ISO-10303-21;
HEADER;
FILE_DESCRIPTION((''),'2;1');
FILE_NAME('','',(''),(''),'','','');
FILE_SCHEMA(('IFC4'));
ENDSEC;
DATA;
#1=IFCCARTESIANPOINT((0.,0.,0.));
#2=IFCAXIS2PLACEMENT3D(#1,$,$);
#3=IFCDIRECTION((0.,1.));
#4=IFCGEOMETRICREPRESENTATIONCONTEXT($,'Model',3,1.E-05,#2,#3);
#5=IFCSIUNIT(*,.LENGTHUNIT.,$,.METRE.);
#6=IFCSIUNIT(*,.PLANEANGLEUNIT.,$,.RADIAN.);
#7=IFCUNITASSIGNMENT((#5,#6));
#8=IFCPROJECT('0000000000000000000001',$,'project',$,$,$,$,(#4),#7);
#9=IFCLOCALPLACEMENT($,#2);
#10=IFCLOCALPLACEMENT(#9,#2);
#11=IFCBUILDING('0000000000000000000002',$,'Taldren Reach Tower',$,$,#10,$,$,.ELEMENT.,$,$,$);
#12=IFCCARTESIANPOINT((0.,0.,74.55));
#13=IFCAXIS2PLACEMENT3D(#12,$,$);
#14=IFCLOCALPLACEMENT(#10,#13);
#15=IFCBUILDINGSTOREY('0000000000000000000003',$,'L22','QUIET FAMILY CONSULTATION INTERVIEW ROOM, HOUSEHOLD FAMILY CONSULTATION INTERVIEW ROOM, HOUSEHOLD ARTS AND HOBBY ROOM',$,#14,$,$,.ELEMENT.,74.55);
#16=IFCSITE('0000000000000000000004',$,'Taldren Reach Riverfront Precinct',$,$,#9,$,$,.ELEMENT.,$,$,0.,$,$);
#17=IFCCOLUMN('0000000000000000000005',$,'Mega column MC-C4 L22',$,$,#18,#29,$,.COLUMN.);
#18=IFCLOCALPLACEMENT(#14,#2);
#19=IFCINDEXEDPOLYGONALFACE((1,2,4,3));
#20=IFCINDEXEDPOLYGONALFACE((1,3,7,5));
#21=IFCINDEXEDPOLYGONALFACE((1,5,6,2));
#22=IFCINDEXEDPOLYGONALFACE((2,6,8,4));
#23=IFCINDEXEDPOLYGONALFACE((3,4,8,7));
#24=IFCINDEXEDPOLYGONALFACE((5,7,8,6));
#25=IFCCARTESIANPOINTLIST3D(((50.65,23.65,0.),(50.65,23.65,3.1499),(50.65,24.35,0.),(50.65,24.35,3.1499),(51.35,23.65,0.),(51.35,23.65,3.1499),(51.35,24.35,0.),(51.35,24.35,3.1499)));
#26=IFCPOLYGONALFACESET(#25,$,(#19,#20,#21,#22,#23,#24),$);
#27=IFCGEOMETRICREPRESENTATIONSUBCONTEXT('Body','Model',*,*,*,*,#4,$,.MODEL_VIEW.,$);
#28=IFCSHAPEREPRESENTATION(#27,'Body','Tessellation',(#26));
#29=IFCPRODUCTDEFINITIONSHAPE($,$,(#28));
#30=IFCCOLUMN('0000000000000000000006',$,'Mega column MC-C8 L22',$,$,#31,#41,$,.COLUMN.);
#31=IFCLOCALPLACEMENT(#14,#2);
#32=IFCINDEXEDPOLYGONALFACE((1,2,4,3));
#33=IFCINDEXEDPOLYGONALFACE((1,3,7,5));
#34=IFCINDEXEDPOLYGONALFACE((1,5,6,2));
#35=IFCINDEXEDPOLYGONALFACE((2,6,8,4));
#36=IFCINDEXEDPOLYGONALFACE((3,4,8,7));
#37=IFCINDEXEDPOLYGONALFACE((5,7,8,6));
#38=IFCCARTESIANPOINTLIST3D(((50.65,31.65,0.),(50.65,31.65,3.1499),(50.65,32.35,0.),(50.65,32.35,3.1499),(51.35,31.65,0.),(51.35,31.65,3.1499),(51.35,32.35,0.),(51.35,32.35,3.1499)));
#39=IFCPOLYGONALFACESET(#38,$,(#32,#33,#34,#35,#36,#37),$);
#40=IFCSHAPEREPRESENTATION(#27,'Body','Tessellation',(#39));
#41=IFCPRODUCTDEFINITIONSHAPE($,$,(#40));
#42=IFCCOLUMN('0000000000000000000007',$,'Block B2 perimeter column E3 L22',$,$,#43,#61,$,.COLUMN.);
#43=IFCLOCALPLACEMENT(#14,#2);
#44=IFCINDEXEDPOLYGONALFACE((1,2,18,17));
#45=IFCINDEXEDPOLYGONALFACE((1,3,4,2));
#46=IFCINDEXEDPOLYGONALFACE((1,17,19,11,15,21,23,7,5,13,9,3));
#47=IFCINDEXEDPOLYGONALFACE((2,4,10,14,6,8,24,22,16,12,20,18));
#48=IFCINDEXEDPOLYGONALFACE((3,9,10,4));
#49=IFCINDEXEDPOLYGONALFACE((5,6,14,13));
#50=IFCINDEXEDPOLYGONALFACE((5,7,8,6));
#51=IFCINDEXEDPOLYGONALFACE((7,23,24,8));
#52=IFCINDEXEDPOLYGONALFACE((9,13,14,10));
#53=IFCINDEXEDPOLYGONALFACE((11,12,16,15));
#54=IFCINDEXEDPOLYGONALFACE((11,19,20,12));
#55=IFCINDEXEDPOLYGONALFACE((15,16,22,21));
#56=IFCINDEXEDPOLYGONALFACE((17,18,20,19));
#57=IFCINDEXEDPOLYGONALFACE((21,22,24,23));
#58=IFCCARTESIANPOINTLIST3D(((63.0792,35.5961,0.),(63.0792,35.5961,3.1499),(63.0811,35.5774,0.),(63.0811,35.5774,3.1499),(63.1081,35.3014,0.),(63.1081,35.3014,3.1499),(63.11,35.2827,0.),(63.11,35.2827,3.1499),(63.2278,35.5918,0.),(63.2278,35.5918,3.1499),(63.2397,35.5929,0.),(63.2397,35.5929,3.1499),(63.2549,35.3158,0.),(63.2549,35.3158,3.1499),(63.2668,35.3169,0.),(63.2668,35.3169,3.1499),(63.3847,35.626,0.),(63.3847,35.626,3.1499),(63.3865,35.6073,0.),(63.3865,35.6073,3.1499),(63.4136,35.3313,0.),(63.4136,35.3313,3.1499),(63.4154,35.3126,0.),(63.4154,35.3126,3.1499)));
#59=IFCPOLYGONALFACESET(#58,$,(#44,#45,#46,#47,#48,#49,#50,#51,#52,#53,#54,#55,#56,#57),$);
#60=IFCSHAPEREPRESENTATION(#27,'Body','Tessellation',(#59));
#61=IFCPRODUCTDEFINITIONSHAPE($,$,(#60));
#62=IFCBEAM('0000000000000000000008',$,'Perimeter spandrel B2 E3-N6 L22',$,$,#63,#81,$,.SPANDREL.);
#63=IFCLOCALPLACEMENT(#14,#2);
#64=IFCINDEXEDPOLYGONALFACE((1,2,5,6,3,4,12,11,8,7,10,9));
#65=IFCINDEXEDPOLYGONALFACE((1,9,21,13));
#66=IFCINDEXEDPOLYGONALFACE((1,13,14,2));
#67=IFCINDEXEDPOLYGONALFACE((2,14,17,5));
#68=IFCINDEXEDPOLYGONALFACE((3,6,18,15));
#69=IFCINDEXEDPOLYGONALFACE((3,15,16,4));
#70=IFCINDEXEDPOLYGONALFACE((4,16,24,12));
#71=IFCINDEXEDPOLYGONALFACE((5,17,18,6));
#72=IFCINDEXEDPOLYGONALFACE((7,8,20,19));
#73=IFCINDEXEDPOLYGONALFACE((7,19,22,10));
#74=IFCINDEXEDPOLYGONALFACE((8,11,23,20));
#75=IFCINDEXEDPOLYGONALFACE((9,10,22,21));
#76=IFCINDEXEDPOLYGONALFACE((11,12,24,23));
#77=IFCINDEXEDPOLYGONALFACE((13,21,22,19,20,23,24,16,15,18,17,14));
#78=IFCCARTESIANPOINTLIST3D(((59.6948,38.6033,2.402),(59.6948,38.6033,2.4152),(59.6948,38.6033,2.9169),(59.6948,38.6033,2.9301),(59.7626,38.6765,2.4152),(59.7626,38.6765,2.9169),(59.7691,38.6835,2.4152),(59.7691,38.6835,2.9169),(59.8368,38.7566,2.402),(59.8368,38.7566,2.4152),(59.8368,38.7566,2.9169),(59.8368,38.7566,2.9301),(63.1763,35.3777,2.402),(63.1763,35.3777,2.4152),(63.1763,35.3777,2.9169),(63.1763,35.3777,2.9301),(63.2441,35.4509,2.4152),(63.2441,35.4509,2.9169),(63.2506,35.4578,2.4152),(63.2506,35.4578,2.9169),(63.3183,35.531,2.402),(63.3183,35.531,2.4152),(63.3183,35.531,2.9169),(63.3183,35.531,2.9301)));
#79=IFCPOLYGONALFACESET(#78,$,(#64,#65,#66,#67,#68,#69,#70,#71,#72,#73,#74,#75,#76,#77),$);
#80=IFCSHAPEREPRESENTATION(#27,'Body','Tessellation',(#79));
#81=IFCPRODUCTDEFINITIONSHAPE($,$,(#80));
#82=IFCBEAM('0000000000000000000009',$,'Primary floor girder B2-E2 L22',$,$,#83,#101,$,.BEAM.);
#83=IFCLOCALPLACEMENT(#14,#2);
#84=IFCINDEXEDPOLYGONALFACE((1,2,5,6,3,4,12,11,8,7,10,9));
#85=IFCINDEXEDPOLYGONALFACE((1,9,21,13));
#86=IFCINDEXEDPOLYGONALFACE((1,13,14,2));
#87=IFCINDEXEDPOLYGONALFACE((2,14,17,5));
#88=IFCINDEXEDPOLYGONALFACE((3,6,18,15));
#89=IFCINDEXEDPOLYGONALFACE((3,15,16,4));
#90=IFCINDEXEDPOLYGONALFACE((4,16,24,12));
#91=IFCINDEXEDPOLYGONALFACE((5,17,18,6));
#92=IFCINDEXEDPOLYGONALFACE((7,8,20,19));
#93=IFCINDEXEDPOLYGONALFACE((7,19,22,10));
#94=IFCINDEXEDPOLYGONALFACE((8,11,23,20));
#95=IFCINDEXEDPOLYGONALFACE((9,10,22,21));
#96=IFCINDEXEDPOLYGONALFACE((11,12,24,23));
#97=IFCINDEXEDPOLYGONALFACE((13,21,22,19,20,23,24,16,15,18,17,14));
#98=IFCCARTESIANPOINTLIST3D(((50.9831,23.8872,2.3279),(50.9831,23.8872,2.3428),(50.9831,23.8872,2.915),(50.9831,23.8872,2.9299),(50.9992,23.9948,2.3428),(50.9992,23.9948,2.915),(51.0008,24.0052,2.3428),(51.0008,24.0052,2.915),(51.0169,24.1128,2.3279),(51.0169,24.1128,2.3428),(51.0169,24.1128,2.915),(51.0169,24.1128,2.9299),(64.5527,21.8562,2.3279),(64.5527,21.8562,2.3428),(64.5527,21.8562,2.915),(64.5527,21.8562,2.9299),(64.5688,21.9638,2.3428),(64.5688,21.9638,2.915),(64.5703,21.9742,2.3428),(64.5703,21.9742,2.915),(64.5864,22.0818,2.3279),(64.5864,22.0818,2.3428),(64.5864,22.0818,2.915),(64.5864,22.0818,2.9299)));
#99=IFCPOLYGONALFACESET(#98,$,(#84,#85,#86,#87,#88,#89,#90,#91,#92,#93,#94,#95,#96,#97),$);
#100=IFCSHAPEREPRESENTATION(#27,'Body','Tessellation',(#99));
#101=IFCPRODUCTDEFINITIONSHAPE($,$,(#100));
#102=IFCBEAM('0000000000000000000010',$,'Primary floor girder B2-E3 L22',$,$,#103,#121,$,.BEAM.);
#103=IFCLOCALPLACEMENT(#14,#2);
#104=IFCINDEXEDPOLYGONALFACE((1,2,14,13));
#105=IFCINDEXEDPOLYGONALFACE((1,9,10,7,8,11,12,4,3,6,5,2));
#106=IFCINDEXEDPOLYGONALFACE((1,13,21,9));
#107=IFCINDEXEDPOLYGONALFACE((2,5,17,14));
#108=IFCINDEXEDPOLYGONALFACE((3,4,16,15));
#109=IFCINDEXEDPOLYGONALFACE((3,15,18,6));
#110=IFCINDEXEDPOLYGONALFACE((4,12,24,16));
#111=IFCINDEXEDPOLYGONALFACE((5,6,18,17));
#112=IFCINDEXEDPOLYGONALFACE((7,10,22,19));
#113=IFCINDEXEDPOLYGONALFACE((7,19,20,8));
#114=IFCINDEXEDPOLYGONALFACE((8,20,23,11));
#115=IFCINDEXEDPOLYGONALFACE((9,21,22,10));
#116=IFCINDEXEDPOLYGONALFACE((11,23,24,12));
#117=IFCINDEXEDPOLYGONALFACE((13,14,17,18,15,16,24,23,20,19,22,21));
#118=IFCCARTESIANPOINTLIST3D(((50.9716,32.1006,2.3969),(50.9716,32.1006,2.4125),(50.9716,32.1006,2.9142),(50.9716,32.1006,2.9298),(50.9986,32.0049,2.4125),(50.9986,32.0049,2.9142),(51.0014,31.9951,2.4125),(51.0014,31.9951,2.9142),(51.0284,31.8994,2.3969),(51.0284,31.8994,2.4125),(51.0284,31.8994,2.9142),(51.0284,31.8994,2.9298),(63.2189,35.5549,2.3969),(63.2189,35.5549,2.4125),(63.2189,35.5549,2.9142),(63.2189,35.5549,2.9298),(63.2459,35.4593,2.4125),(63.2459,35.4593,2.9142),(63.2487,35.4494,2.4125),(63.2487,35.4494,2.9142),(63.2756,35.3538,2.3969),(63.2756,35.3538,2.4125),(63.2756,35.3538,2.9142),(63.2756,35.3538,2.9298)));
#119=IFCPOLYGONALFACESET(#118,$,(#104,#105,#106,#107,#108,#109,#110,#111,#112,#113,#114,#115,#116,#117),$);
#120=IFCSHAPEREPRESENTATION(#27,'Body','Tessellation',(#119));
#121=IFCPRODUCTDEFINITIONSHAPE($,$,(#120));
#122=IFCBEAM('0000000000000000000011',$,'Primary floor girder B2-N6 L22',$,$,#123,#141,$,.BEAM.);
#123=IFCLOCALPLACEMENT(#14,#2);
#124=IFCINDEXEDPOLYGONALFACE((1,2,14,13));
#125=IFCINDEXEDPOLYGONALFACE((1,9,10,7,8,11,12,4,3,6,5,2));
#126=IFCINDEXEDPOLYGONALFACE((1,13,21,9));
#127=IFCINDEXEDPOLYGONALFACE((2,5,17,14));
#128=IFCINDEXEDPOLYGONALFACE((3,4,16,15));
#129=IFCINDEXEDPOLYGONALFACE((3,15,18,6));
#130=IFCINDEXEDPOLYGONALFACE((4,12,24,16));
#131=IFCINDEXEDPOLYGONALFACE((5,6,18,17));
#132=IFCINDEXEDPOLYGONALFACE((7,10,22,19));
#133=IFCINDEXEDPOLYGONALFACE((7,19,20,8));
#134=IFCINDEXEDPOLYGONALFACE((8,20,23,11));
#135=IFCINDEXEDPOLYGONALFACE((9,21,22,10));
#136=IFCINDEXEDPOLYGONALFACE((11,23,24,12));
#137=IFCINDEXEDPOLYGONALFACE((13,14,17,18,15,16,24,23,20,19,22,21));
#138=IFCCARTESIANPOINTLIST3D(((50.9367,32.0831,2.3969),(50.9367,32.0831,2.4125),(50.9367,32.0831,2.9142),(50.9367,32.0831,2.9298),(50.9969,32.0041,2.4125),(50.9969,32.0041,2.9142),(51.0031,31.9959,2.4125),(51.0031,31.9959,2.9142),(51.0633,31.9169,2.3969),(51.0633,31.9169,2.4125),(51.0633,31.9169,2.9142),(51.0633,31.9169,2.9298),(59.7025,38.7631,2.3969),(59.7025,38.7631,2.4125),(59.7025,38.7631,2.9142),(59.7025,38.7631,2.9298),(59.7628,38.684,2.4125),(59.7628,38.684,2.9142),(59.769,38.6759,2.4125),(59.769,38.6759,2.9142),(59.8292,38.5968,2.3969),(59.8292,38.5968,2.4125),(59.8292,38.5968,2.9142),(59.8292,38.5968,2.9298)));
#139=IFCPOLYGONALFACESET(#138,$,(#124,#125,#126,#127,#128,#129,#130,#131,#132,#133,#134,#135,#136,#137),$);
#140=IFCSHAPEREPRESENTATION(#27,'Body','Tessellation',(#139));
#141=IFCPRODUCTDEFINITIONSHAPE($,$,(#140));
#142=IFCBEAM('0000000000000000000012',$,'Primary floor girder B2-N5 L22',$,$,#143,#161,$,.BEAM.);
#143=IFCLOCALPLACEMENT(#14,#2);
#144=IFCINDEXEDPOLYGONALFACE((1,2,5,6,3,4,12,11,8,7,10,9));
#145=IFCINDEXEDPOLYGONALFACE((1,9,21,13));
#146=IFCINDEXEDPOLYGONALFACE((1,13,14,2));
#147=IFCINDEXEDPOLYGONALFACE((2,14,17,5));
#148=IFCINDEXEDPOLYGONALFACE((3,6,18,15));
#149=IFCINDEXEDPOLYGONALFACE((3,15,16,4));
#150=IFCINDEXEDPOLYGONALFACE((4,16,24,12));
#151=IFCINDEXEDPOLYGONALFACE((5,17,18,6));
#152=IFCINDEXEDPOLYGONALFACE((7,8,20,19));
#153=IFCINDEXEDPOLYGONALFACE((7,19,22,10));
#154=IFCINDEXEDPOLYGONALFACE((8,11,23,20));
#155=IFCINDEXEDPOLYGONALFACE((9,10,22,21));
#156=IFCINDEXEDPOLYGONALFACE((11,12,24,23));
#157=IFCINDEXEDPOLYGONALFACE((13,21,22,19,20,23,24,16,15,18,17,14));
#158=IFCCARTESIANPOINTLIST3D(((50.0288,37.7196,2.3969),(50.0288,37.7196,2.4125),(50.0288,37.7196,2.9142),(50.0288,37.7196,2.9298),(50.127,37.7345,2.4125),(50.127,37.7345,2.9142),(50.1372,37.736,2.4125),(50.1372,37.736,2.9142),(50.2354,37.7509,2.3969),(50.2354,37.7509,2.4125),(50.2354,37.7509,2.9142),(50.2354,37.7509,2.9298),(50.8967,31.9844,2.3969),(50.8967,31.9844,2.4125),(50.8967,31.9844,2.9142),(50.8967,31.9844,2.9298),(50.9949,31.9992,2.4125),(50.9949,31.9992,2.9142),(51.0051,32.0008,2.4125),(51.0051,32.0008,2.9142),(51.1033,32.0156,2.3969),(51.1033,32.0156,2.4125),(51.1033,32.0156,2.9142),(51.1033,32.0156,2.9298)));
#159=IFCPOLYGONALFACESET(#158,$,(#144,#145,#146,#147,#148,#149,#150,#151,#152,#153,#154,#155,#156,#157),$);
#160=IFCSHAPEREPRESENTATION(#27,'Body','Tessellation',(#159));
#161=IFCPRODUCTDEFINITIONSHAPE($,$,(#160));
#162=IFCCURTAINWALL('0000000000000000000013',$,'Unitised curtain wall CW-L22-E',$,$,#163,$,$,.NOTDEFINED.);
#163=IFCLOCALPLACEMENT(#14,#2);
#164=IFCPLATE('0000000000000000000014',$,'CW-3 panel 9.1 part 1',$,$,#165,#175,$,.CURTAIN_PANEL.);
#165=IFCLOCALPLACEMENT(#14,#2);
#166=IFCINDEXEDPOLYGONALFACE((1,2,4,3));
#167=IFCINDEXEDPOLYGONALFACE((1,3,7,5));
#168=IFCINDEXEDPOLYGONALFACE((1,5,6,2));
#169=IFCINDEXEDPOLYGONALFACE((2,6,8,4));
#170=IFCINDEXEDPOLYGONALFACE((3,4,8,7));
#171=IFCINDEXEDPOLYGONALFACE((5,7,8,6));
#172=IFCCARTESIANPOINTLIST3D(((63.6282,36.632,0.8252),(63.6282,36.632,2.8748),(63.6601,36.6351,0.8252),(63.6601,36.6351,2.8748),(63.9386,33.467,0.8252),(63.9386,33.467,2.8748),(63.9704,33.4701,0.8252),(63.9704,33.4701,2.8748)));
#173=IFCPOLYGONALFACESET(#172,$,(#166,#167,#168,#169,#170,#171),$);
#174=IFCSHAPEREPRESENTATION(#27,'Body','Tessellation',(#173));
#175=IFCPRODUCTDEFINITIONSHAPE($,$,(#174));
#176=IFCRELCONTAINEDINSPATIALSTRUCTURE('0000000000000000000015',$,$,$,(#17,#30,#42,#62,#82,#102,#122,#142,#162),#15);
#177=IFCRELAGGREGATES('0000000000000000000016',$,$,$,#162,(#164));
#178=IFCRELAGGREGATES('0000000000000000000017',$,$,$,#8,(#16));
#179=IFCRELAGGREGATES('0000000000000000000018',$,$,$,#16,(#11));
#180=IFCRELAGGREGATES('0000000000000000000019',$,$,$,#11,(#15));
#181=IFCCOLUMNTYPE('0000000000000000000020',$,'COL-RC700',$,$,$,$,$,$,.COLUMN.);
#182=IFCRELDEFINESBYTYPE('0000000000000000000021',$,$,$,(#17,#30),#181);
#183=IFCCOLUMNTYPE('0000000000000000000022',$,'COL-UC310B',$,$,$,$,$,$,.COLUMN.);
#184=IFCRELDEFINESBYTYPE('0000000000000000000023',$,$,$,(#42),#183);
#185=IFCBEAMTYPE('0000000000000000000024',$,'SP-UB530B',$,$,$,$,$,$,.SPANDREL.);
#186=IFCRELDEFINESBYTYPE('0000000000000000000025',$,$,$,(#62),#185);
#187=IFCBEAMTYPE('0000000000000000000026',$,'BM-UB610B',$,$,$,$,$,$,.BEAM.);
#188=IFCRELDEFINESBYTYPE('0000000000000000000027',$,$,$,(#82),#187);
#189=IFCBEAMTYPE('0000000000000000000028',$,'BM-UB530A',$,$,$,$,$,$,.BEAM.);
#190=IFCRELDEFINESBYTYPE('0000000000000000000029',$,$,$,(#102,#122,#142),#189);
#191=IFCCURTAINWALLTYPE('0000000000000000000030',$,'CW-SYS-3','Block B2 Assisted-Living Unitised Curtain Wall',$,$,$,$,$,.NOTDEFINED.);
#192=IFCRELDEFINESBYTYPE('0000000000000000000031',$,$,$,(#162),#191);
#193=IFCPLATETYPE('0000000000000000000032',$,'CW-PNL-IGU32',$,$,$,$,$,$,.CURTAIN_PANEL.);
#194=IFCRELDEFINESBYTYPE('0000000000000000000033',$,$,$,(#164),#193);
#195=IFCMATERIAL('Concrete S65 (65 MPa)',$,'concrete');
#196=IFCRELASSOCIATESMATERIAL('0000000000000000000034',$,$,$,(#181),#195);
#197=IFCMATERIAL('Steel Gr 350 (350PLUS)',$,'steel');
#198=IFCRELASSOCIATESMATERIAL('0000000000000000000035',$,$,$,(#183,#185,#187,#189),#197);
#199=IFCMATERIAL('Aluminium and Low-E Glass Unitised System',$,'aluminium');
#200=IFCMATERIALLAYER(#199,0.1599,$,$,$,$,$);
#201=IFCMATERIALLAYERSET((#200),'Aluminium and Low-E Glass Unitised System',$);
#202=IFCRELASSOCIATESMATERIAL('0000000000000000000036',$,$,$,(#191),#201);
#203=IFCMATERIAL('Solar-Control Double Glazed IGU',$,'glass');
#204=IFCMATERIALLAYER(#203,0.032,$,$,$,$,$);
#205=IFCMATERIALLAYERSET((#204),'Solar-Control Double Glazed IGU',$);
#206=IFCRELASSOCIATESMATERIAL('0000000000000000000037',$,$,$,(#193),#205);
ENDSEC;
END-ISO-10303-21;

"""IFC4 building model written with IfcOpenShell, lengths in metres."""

from ifc_helpers import new_model, si_unit, direction, frame, origin, origin_2d, place, context, subcontext, project, spatial, rectangle, i_section, extrude, source, transform, mapped, material, layer, layer_set, material_profile, profile_set, type_object, element, aggregate, save


model = new_model("IFC4")

# Units and contexts
model_context = context("Model", 3, precision=1e-05, world=origin(), true_north=direction((0.0, 1.0)))
body_context = subcontext(model_context, "Body", "Model", "MODEL_VIEW")
ifc_project = project(units=[si_unit("LENGTHUNIT", "METRE"), si_unit("PLANEANGLEUNIT", "RADIAN")], contexts=[model_context])

# Site, building, storey
site_placement = place(None, origin())
site = spatial("IfcSite", under=ifc_project, at=site_placement, Name="Taldren Reach Riverfront Precinct", CompositionType="ELEMENT", RefElevation=0.0)
building_placement = place(site_placement, origin())
building = spatial("IfcBuilding", under=site, at=building_placement, Name="Taldren Reach Tower", CompositionType="ELEMENT")
storey_placement = place(building_placement, frame((0.0, 0.0, 74.55)))
storey = spatial("IfcBuildingStorey", under=building, at=storey_placement, Name="L22", Description="QUIET FAMILY CONSULTATION INTERVIEW ROOM, HOUSEHOLD FAMILY CONSULTATION INTERVIEW ROOM, HOUSEHOLD ARTS AND HOBBY ROOM", CompositionType="ELEMENT", Elevation=74.55)

# Columns
ifc_material_1 = material(Name="Concrete S65 (65 MPa)", Category="concrete")
ifc_material_profile_1 = material_profile(ifc_material_1, rectangle(XDim=0.7, YDim=0.7, at=origin_2d()), Name="RC-700x700")
ifc_profile_set_1 = profile_set([ifc_material_profile_1], Name="Concrete S65 (65 MPa)")
column_type_1 = type_object("IfcColumnType", Name="COL-RC700", PredefinedType="COLUMN", material=ifc_profile_set_1)
shared_shape_1 = source(origin(), body_context, "Body", "SweptSolid", [
    extrude(rectangle(XDim=0.7, YDim=0.7, at=origin_2d()), origin(), (0.0, 0.0, 1.0), 3.1499),
])
for number, where, z_axis, x_axis, name in (
    (1, (51.0, 24.0, 0.0), (0.0, 0.0, 1.0), (1.0, 0.0, 0.0), "Mega column MC-C4 L22"),
    (2, (51.0, 32.0, 0.0), (0.0, 0.0, 1.0), (1.0, 0.0, 0.0), "Mega column MC-C8 L22"),
):
    element("IfcColumn", number, at=place(storey_placement, frame(where, z_axis=z_axis, x_axis=x_axis)), inside=storey, type_object=column_type_1, Name=name, PredefinedType="COLUMN", context=body_context, shape_type="MappedRepresentation", body=[
        mapped(shared_shape_1, transform((0.0, 0.0, 0.0), scale=1.0)),
    ])
ifc_material_2 = material(Name="Steel Gr 350 (350PLUS)", Category="steel")
ifc_material_profile_2 = material_profile(ifc_material_2, i_section(OverallWidth=0.3069, OverallDepth=0.3149, WebThickness=0.012, FlangeThickness=0.0188, at=origin_2d()), Name="310UC118")
ifc_profile_set_2 = profile_set([ifc_material_profile_2], Name="Steel Gr 350 (350PLUS)")
column_type_2 = type_object("IfcColumnType", Name="COL-UC310B", PredefinedType="COLUMN", material=ifc_profile_set_2)
shared_shape_2 = source(origin(), body_context, "Body", "SweptSolid", [
    extrude(i_section(OverallWidth=0.3069, OverallDepth=0.3149, WebThickness=0.012, FlangeThickness=0.0188, at=origin_2d()), origin(), (0.0, 0.0, 1.0), 3.1499),
])
column_placement = place(storey_placement, frame((63.2473, 35.4543, 0.0), z_axis=(0.0, 0.0, 1.0), x_axis=(0.995227, 0.097583, 0.0)))
element("IfcColumn", 3, at=column_placement, inside=storey, type_object=column_type_2, Name="Block B2 perimeter column E3 L22", PredefinedType="COLUMN", context=body_context, shape_type="MappedRepresentation", body=[
    mapped(shared_shape_2, transform((0.0, 0.0, 0.0), scale=1.0)),
])

# Beams
ifc_material_profile_3 = material_profile(ifc_material_2, i_section(OverallWidth=0.209, OverallDepth=0.5281, WebThickness=0.0095, FlangeThickness=0.0132, at=origin_2d()), Name="530UB82.0")
ifc_profile_set_3 = profile_set([ifc_material_profile_3], Name="Steel Gr 350 (350PLUS)")
beam_type_1 = type_object("IfcBeamType", Name="SP-UB530B", PredefinedType="SPANDREL", material=ifc_profile_set_3)
shared_shape_3 = source(origin(), body_context, "Body", "SweptSolid", [
    extrude(i_section(OverallWidth=0.209, OverallDepth=0.5281, WebThickness=0.0095, FlangeThickness=0.0132, at=origin_2d()), origin(), (0.0, 0.0, 1.0), 4.7461),
])
beam_1_placement = place(storey_placement, frame((63.2473, 35.4543, 2.666), z_axis=(-0.733548, 0.679638, 0.0), x_axis=(-0.679638, -0.733548, 0.0)))
element("IfcBeam", 4, at=beam_1_placement, inside=storey, type_object=beam_type_1, Name="Perimeter spandrel B2 E3-N6 L22", PredefinedType="SPANDREL", context=body_context, shape_type="MappedRepresentation", body=[
    mapped(shared_shape_3, transform((0.0, 0.0, 0.0), scale=1.0)),
])
ifc_material_profile_4 = material_profile(ifc_material_2, i_section(OverallWidth=0.228, OverallDepth=0.6021, WebThickness=0.0105, FlangeThickness=0.0149, at=origin_2d()), Name="610UB101")
ifc_profile_set_4 = profile_set([ifc_material_profile_4], Name="Steel Gr 350 (350PLUS)")
beam_type_2 = type_object("IfcBeamType", Name="BM-UB610B", PredefinedType="BEAM", material=ifc_profile_set_4)
shared_shape_4 = source(origin(), body_context, "Body", "SweptSolid", [
    extrude(i_section(OverallWidth=0.228, OverallDepth=0.6021, WebThickness=0.0105, FlangeThickness=0.0149, at=origin_2d()), origin(), (0.0, 0.0, 1.0), 13.7207),
])
beam_2_placement = place(storey_placement, frame((51.0, 24.0, 2.6289), z_axis=(0.988984, -0.148025, 0.0), x_axis=(0.148025, 0.988984, 0.0)))
element("IfcBeam", 5, at=beam_2_placement, inside=storey, type_object=beam_type_2, Name="Primary floor girder B2-E2 L22", PredefinedType="BEAM", context=body_context, shape_type="MappedRepresentation", body=[
    mapped(shared_shape_4, transform((0.0, 0.0, 0.0), scale=1.0)),
])
ifc_material_profile_5 = material_profile(ifc_material_2, i_section(OverallWidth=0.209, OverallDepth=0.533, WebThickness=0.0103, FlangeThickness=0.0156, at=origin_2d()), Name="530UB92.4")
ifc_profile_set_5 = profile_set([ifc_material_profile_5], Name="Steel Gr 350 (350PLUS)")
beam_type_3 = type_object("IfcBeamType", Name="BM-UB530A", PredefinedType="BEAM", material=ifc_profile_set_5)
shared_shape_5 = source(origin(), body_context, "Body", "SweptSolid", [
    extrude(i_section(OverallWidth=0.209, OverallDepth=0.533, WebThickness=0.0103, FlangeThickness=0.0156, at=origin_2d()), origin(), (0.0, 0.0, 1.0), 12.7251),
])
beam_3_placement = place(storey_placement, frame((51.0, 32.0, 2.6633), z_axis=(0.96245, 0.271458, 0.0), x_axis=(-0.271458, 0.96245, 0.0)))
element("IfcBeam", 6, at=beam_3_placement, inside=storey, type_object=beam_type_3, Name="Primary floor girder B2-E3 L22", PredefinedType="BEAM", context=body_context, shape_type="MappedRepresentation", body=[
    mapped(shared_shape_5, transform((0.0, 0.0, 0.0), scale=1.0)),
])
shared_shape_6 = source(origin(), body_context, "Body", "SweptSolid", [
    extrude(i_section(OverallWidth=0.209, OverallDepth=0.533, WebThickness=0.0103, FlangeThickness=0.0156, at=origin_2d()), origin(), (0.0, 0.0, 1.0), 11.021),
])
beam_4_placement = place(storey_placement, frame((51.0, 32.0, 2.6633), z_axis=(0.79538, 0.606111, 0.0), x_axis=(-0.606111, 0.79538, 0.0)))
element("IfcBeam", 7, at=beam_4_placement, inside=storey, type_object=beam_type_3, Name="Primary floor girder B2-N6 L22", PredefinedType="BEAM", context=body_context, shape_type="MappedRepresentation", body=[
    mapped(shared_shape_6, transform((0.0, 0.0, 0.0), scale=1.0)),
])
shared_shape_7 = source(origin(), body_context, "Body", "SweptSolid", [
    extrude(i_section(OverallWidth=0.209, OverallDepth=0.533, WebThickness=0.0103, FlangeThickness=0.0156, at=origin_2d()), origin(), (0.0, 0.0, 1.0), 5.8005),
])
beam_5_placement = place(storey_placement, frame((51.0, 32.0, 2.6633), z_axis=(-0.149625, 0.988743, 0.0), x_axis=(-0.988743, -0.149625, 0.0)))
element("IfcBeam", 8, at=beam_5_placement, inside=storey, type_object=beam_type_3, Name="Primary floor girder B2-N5 L22", PredefinedType="BEAM", context=body_context, shape_type="MappedRepresentation", body=[
    mapped(shared_shape_7, transform((0.0, 0.0, 0.0), scale=1.0)),
])

# Curtain wall, plate
ifc_material_3 = material(Name="Aluminium and Low-E Glass Unitised System", Category="aluminium")
ifc_layer_1 = layer(ifc_material_3, 0.1599)
ifc_layer_set_1 = layer_set([ifc_layer_1], Name="Aluminium and Low-E Glass Unitised System")
curtain_wall_type = type_object("IfcCurtainWallType", Name="CW-SYS-3", Description="Block B2 Assisted-Living Unitised Curtain Wall", PredefinedType="NOTDEFINED", material=ifc_layer_set_1)
curtain_wall_placement = place(storey_placement, origin())
curtain_wall = element("IfcCurtainWall", 9, at=curtain_wall_placement, inside=storey, type_object=curtain_wall_type, Name="Unitised curtain wall CW-L22-E", PredefinedType="NOTDEFINED")
ifc_material_4 = material(Name="Solar-Control Double Glazed IGU", Category="glass")
ifc_layer_2 = layer(ifc_material_4, 0.032)
ifc_layer_set_2 = layer_set([ifc_layer_2], Name="Solar-Control Double Glazed IGU")
plate_type = type_object("IfcPlateType", Name="CW-PNL-IGU32", PredefinedType="CURTAIN_PANEL", material=ifc_layer_set_2)
shared_shape_8 = source(origin(), body_context, "Body", "SweptSolid", [
    extrude(rectangle(XDim=3.1802, YDim=0.032, at=origin_2d()), origin(), (0.0, 0.0, 1.0), 2.0496),
])
plate_placement = place(storey_placement, frame((63.7993, 35.051, 0.8252), z_axis=(0.0, 0.0, 1.0), x_axis=(-0.097583, 0.995227, 0.0)))
plate = element("IfcPlate", 10, at=plate_placement, type_object=plate_type, Name="CW-3 panel 9.1 part 1", PredefinedType="CURTAIN_PANEL", context=body_context, shape_type="MappedRepresentation", body=[
    mapped(shared_shape_8, transform((0.0, 0.0, 0.0), scale=1.0)),
])
aggregate(curtain_wall, [plate])

save(model, "model.ifc")
